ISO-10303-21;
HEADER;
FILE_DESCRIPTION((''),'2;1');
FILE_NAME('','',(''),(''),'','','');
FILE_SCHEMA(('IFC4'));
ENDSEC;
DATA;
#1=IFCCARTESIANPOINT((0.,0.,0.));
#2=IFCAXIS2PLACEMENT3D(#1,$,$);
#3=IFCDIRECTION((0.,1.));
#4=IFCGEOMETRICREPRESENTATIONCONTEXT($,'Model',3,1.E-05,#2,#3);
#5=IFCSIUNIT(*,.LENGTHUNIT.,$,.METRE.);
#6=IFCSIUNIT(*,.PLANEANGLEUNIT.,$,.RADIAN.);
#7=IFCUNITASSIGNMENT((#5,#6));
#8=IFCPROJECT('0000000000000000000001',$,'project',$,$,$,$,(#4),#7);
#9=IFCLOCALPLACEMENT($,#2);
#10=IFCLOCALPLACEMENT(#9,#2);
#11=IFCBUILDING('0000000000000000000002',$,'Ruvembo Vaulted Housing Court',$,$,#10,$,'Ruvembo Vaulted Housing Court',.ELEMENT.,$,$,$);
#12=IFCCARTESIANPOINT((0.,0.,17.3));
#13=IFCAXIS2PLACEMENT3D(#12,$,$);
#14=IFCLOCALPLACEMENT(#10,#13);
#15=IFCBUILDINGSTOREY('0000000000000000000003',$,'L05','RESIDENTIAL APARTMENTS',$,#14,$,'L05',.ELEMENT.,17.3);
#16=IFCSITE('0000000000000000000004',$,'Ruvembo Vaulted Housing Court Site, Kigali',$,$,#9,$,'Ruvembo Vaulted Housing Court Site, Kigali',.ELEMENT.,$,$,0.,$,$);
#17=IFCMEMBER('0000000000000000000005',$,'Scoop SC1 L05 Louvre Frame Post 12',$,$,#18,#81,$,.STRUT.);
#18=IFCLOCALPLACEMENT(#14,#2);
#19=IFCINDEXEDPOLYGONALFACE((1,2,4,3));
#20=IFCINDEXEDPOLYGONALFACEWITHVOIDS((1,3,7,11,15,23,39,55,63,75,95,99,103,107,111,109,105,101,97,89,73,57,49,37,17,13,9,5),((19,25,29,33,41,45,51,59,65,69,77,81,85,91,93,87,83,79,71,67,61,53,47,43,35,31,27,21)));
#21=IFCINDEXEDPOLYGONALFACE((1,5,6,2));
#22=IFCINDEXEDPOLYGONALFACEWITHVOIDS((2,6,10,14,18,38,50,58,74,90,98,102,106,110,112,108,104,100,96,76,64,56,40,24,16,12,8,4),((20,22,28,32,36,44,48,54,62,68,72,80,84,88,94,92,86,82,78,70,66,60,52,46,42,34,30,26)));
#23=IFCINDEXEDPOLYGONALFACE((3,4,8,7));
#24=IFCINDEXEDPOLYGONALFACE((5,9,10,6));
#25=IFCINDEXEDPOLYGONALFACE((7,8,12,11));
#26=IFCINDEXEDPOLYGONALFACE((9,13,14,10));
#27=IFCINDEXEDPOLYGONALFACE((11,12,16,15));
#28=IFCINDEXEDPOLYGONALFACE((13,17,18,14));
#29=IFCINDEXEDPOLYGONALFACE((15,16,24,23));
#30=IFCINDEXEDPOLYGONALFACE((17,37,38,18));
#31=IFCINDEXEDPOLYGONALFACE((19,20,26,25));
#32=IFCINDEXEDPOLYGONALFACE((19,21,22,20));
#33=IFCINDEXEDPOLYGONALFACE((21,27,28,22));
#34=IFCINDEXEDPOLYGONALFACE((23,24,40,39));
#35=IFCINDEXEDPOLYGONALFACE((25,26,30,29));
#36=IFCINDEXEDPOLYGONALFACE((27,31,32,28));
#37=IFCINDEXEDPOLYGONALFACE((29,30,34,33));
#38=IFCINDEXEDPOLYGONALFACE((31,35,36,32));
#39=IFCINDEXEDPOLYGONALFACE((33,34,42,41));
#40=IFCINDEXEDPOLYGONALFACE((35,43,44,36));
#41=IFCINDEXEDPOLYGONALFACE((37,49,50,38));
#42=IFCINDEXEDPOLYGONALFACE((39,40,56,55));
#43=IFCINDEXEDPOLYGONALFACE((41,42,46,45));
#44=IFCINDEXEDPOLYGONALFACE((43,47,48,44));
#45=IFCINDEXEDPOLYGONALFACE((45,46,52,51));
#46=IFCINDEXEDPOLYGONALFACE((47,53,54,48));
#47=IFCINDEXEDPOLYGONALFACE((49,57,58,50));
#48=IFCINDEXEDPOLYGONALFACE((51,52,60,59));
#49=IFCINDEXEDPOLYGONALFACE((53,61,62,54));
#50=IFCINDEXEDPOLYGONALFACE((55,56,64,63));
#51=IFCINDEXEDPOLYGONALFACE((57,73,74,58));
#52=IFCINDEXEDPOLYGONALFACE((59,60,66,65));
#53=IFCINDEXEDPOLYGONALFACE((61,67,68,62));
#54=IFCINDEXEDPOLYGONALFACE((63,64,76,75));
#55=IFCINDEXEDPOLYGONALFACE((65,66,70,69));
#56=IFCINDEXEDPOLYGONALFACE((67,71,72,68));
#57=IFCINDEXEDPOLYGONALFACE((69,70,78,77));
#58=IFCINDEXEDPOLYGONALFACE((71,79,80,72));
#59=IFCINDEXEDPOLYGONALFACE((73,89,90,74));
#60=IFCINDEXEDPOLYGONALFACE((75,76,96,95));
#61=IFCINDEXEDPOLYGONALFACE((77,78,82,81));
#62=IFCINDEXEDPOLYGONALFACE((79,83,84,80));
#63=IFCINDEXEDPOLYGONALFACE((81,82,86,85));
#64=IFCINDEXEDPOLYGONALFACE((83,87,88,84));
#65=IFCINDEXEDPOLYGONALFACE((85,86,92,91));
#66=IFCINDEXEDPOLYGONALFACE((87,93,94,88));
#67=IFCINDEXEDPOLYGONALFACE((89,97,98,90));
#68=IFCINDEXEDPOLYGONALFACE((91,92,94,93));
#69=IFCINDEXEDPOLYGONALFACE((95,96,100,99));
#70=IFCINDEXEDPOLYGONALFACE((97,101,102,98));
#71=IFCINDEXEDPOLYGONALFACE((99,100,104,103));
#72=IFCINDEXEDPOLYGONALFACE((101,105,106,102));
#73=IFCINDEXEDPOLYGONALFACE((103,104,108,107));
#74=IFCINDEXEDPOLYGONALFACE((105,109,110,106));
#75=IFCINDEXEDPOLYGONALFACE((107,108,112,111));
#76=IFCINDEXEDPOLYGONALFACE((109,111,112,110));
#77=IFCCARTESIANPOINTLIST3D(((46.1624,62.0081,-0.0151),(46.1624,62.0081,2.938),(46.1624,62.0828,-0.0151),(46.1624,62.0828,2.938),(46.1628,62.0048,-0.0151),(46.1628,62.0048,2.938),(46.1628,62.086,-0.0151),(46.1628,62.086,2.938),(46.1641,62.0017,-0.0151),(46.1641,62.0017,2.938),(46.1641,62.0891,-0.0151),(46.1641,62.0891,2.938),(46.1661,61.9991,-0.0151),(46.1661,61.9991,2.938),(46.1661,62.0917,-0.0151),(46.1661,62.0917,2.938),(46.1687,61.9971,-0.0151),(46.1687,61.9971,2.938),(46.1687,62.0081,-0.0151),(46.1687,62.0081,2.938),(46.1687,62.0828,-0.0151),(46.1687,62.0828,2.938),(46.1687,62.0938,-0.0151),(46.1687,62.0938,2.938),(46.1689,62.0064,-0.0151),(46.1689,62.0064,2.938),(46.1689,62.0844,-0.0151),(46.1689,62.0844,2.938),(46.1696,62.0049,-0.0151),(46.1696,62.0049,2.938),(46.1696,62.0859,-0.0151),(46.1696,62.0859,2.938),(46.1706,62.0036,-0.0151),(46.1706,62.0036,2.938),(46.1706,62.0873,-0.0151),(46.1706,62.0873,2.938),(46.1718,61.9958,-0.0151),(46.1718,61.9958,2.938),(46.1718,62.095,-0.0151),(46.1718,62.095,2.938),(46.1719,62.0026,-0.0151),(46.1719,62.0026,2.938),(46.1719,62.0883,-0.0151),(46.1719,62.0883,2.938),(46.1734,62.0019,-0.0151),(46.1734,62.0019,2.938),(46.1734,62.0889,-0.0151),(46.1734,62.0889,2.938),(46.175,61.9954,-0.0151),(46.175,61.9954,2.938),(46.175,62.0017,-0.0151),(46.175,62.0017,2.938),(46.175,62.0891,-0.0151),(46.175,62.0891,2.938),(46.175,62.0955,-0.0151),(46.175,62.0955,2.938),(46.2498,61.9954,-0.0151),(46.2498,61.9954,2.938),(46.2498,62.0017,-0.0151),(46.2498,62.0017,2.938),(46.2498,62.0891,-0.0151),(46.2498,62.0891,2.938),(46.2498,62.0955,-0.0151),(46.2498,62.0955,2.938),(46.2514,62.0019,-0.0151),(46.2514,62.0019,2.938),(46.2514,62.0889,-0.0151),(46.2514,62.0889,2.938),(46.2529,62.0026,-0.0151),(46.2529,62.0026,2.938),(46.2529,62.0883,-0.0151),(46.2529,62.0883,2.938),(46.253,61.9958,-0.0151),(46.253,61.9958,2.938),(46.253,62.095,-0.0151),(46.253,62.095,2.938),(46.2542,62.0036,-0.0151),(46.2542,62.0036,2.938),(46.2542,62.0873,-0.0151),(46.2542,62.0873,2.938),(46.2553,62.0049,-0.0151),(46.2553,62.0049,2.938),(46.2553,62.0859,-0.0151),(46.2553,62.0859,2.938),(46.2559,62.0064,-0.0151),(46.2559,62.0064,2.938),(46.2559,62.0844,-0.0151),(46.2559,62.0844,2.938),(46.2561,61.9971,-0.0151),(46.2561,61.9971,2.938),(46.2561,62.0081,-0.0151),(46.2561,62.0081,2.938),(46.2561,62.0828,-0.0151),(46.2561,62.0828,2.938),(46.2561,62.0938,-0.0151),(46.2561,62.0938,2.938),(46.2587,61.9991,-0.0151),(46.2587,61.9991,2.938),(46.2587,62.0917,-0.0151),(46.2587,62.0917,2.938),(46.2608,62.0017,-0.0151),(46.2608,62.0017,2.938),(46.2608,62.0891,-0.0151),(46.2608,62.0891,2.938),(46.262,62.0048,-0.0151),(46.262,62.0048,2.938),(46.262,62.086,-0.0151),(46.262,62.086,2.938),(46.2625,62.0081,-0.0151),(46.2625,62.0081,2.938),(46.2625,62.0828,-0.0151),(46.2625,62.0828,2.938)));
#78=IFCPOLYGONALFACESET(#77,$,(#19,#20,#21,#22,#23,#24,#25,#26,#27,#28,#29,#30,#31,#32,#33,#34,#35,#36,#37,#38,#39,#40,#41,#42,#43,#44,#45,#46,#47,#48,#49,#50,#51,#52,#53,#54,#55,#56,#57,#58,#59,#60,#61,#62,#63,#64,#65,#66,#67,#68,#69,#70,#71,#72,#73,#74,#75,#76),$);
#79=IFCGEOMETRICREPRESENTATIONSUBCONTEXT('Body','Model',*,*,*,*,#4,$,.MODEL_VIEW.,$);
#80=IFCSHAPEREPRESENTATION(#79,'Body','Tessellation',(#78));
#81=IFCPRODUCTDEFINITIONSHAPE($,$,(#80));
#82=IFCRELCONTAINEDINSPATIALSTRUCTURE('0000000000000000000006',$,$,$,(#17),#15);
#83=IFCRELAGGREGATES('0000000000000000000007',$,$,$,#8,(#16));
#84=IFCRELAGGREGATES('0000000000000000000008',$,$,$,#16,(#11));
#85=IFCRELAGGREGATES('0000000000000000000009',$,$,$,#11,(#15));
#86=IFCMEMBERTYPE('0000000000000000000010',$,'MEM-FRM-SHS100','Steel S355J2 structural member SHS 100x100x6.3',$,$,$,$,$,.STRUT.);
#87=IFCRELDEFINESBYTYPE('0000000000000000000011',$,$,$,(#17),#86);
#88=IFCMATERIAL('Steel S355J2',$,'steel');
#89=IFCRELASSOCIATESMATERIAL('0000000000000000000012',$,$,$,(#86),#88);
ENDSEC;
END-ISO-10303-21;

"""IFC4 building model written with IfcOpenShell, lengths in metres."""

from ifc_helpers import new_model, si_unit, direction, frame, origin, origin_2d, place, context, subcontext, project, spatial, hollow_rectangle, extrude, material, material_profile, profile_set, type_object, element, save


model = new_model("IFC4")

# Units and contexts
model_context = context("Model", 3, precision=1e-05, world=origin(), true_north=direction((0.0, 1.0)))
body_context = subcontext(model_context, "Body", "Model", "MODEL_VIEW")
ifc_project = project(units=[si_unit("LENGTHUNIT", "METRE"), si_unit("PLANEANGLEUNIT", "RADIAN")], contexts=[model_context])

# Site, building, storey
site_placement = place(None, origin())
site = spatial("IfcSite", under=ifc_project, at=site_placement, Name="Ruvembo Vaulted Housing Court Site, Kigali", LongName="Ruvembo Vaulted Housing Court Site, Kigali", CompositionType="ELEMENT", RefElevation=0.0)
building_placement = place(site_placement, origin())
building = spatial("IfcBuilding", under=site, at=building_placement, Name="Ruvembo Vaulted Housing Court", LongName="Ruvembo Vaulted Housing Court", CompositionType="ELEMENT")
storey_placement = place(building_placement, frame((0.0, 0.0, 17.3)))
storey = spatial("IfcBuildingStorey", under=building, at=storey_placement, Name="L05", Description="RESIDENTIAL APARTMENTS", LongName="L05", CompositionType="ELEMENT", Elevation=17.3)

# Shared definitions
ifc_material_1 = material(Name="Steel S355J2", Category="steel")

# Member
ifc_material_profile_1 = material_profile(ifc_material_1, hollow_rectangle(XDim=0.1001, YDim=0.1001, WallThickness=0.0063, InnerFilletRadius=0.0063, OuterFilletRadius=0.0127, at=origin_2d()), Name="SHS 100x100x6.3")
ifc_profile_set_1 = profile_set([ifc_material_profile_1], Name="Steel S355J2")
member_type_1 = type_object("IfcMemberType", Name="MEM-FRM-SHS100", Description="Steel S355J2 structural member SHS 100x100x6.3", PredefinedType="STRUT", material=ifc_profile_set_1)
for number, where, z_axis, x_axis, name in (
    (1, (46.2124, 62.0454, -0.0151), (0.0, 0.0, 1.0), (1.0, 0.0, 0.0), "Scoop SC1 L05 Louvre Frame Post 12"),
):
    element("IfcMember", number, at=place(storey_placement, frame(where, z_axis=z_axis, x_axis=x_axis)), inside=storey, type_object=member_type_1, Name=name, PredefinedType="STRUT", context=body_context, shape_type="SweptSolid", body=[
        extrude(hollow_rectangle(XDim=0.1001, YDim=0.1001, WallThickness=0.0063, InnerFilletRadius=0.0063, OuterFilletRadius=0.0127, at=origin_2d()), origin(), (0.0, 0.0, 1.0), 2.9531),
    ])

save(model, "model.ifc")
